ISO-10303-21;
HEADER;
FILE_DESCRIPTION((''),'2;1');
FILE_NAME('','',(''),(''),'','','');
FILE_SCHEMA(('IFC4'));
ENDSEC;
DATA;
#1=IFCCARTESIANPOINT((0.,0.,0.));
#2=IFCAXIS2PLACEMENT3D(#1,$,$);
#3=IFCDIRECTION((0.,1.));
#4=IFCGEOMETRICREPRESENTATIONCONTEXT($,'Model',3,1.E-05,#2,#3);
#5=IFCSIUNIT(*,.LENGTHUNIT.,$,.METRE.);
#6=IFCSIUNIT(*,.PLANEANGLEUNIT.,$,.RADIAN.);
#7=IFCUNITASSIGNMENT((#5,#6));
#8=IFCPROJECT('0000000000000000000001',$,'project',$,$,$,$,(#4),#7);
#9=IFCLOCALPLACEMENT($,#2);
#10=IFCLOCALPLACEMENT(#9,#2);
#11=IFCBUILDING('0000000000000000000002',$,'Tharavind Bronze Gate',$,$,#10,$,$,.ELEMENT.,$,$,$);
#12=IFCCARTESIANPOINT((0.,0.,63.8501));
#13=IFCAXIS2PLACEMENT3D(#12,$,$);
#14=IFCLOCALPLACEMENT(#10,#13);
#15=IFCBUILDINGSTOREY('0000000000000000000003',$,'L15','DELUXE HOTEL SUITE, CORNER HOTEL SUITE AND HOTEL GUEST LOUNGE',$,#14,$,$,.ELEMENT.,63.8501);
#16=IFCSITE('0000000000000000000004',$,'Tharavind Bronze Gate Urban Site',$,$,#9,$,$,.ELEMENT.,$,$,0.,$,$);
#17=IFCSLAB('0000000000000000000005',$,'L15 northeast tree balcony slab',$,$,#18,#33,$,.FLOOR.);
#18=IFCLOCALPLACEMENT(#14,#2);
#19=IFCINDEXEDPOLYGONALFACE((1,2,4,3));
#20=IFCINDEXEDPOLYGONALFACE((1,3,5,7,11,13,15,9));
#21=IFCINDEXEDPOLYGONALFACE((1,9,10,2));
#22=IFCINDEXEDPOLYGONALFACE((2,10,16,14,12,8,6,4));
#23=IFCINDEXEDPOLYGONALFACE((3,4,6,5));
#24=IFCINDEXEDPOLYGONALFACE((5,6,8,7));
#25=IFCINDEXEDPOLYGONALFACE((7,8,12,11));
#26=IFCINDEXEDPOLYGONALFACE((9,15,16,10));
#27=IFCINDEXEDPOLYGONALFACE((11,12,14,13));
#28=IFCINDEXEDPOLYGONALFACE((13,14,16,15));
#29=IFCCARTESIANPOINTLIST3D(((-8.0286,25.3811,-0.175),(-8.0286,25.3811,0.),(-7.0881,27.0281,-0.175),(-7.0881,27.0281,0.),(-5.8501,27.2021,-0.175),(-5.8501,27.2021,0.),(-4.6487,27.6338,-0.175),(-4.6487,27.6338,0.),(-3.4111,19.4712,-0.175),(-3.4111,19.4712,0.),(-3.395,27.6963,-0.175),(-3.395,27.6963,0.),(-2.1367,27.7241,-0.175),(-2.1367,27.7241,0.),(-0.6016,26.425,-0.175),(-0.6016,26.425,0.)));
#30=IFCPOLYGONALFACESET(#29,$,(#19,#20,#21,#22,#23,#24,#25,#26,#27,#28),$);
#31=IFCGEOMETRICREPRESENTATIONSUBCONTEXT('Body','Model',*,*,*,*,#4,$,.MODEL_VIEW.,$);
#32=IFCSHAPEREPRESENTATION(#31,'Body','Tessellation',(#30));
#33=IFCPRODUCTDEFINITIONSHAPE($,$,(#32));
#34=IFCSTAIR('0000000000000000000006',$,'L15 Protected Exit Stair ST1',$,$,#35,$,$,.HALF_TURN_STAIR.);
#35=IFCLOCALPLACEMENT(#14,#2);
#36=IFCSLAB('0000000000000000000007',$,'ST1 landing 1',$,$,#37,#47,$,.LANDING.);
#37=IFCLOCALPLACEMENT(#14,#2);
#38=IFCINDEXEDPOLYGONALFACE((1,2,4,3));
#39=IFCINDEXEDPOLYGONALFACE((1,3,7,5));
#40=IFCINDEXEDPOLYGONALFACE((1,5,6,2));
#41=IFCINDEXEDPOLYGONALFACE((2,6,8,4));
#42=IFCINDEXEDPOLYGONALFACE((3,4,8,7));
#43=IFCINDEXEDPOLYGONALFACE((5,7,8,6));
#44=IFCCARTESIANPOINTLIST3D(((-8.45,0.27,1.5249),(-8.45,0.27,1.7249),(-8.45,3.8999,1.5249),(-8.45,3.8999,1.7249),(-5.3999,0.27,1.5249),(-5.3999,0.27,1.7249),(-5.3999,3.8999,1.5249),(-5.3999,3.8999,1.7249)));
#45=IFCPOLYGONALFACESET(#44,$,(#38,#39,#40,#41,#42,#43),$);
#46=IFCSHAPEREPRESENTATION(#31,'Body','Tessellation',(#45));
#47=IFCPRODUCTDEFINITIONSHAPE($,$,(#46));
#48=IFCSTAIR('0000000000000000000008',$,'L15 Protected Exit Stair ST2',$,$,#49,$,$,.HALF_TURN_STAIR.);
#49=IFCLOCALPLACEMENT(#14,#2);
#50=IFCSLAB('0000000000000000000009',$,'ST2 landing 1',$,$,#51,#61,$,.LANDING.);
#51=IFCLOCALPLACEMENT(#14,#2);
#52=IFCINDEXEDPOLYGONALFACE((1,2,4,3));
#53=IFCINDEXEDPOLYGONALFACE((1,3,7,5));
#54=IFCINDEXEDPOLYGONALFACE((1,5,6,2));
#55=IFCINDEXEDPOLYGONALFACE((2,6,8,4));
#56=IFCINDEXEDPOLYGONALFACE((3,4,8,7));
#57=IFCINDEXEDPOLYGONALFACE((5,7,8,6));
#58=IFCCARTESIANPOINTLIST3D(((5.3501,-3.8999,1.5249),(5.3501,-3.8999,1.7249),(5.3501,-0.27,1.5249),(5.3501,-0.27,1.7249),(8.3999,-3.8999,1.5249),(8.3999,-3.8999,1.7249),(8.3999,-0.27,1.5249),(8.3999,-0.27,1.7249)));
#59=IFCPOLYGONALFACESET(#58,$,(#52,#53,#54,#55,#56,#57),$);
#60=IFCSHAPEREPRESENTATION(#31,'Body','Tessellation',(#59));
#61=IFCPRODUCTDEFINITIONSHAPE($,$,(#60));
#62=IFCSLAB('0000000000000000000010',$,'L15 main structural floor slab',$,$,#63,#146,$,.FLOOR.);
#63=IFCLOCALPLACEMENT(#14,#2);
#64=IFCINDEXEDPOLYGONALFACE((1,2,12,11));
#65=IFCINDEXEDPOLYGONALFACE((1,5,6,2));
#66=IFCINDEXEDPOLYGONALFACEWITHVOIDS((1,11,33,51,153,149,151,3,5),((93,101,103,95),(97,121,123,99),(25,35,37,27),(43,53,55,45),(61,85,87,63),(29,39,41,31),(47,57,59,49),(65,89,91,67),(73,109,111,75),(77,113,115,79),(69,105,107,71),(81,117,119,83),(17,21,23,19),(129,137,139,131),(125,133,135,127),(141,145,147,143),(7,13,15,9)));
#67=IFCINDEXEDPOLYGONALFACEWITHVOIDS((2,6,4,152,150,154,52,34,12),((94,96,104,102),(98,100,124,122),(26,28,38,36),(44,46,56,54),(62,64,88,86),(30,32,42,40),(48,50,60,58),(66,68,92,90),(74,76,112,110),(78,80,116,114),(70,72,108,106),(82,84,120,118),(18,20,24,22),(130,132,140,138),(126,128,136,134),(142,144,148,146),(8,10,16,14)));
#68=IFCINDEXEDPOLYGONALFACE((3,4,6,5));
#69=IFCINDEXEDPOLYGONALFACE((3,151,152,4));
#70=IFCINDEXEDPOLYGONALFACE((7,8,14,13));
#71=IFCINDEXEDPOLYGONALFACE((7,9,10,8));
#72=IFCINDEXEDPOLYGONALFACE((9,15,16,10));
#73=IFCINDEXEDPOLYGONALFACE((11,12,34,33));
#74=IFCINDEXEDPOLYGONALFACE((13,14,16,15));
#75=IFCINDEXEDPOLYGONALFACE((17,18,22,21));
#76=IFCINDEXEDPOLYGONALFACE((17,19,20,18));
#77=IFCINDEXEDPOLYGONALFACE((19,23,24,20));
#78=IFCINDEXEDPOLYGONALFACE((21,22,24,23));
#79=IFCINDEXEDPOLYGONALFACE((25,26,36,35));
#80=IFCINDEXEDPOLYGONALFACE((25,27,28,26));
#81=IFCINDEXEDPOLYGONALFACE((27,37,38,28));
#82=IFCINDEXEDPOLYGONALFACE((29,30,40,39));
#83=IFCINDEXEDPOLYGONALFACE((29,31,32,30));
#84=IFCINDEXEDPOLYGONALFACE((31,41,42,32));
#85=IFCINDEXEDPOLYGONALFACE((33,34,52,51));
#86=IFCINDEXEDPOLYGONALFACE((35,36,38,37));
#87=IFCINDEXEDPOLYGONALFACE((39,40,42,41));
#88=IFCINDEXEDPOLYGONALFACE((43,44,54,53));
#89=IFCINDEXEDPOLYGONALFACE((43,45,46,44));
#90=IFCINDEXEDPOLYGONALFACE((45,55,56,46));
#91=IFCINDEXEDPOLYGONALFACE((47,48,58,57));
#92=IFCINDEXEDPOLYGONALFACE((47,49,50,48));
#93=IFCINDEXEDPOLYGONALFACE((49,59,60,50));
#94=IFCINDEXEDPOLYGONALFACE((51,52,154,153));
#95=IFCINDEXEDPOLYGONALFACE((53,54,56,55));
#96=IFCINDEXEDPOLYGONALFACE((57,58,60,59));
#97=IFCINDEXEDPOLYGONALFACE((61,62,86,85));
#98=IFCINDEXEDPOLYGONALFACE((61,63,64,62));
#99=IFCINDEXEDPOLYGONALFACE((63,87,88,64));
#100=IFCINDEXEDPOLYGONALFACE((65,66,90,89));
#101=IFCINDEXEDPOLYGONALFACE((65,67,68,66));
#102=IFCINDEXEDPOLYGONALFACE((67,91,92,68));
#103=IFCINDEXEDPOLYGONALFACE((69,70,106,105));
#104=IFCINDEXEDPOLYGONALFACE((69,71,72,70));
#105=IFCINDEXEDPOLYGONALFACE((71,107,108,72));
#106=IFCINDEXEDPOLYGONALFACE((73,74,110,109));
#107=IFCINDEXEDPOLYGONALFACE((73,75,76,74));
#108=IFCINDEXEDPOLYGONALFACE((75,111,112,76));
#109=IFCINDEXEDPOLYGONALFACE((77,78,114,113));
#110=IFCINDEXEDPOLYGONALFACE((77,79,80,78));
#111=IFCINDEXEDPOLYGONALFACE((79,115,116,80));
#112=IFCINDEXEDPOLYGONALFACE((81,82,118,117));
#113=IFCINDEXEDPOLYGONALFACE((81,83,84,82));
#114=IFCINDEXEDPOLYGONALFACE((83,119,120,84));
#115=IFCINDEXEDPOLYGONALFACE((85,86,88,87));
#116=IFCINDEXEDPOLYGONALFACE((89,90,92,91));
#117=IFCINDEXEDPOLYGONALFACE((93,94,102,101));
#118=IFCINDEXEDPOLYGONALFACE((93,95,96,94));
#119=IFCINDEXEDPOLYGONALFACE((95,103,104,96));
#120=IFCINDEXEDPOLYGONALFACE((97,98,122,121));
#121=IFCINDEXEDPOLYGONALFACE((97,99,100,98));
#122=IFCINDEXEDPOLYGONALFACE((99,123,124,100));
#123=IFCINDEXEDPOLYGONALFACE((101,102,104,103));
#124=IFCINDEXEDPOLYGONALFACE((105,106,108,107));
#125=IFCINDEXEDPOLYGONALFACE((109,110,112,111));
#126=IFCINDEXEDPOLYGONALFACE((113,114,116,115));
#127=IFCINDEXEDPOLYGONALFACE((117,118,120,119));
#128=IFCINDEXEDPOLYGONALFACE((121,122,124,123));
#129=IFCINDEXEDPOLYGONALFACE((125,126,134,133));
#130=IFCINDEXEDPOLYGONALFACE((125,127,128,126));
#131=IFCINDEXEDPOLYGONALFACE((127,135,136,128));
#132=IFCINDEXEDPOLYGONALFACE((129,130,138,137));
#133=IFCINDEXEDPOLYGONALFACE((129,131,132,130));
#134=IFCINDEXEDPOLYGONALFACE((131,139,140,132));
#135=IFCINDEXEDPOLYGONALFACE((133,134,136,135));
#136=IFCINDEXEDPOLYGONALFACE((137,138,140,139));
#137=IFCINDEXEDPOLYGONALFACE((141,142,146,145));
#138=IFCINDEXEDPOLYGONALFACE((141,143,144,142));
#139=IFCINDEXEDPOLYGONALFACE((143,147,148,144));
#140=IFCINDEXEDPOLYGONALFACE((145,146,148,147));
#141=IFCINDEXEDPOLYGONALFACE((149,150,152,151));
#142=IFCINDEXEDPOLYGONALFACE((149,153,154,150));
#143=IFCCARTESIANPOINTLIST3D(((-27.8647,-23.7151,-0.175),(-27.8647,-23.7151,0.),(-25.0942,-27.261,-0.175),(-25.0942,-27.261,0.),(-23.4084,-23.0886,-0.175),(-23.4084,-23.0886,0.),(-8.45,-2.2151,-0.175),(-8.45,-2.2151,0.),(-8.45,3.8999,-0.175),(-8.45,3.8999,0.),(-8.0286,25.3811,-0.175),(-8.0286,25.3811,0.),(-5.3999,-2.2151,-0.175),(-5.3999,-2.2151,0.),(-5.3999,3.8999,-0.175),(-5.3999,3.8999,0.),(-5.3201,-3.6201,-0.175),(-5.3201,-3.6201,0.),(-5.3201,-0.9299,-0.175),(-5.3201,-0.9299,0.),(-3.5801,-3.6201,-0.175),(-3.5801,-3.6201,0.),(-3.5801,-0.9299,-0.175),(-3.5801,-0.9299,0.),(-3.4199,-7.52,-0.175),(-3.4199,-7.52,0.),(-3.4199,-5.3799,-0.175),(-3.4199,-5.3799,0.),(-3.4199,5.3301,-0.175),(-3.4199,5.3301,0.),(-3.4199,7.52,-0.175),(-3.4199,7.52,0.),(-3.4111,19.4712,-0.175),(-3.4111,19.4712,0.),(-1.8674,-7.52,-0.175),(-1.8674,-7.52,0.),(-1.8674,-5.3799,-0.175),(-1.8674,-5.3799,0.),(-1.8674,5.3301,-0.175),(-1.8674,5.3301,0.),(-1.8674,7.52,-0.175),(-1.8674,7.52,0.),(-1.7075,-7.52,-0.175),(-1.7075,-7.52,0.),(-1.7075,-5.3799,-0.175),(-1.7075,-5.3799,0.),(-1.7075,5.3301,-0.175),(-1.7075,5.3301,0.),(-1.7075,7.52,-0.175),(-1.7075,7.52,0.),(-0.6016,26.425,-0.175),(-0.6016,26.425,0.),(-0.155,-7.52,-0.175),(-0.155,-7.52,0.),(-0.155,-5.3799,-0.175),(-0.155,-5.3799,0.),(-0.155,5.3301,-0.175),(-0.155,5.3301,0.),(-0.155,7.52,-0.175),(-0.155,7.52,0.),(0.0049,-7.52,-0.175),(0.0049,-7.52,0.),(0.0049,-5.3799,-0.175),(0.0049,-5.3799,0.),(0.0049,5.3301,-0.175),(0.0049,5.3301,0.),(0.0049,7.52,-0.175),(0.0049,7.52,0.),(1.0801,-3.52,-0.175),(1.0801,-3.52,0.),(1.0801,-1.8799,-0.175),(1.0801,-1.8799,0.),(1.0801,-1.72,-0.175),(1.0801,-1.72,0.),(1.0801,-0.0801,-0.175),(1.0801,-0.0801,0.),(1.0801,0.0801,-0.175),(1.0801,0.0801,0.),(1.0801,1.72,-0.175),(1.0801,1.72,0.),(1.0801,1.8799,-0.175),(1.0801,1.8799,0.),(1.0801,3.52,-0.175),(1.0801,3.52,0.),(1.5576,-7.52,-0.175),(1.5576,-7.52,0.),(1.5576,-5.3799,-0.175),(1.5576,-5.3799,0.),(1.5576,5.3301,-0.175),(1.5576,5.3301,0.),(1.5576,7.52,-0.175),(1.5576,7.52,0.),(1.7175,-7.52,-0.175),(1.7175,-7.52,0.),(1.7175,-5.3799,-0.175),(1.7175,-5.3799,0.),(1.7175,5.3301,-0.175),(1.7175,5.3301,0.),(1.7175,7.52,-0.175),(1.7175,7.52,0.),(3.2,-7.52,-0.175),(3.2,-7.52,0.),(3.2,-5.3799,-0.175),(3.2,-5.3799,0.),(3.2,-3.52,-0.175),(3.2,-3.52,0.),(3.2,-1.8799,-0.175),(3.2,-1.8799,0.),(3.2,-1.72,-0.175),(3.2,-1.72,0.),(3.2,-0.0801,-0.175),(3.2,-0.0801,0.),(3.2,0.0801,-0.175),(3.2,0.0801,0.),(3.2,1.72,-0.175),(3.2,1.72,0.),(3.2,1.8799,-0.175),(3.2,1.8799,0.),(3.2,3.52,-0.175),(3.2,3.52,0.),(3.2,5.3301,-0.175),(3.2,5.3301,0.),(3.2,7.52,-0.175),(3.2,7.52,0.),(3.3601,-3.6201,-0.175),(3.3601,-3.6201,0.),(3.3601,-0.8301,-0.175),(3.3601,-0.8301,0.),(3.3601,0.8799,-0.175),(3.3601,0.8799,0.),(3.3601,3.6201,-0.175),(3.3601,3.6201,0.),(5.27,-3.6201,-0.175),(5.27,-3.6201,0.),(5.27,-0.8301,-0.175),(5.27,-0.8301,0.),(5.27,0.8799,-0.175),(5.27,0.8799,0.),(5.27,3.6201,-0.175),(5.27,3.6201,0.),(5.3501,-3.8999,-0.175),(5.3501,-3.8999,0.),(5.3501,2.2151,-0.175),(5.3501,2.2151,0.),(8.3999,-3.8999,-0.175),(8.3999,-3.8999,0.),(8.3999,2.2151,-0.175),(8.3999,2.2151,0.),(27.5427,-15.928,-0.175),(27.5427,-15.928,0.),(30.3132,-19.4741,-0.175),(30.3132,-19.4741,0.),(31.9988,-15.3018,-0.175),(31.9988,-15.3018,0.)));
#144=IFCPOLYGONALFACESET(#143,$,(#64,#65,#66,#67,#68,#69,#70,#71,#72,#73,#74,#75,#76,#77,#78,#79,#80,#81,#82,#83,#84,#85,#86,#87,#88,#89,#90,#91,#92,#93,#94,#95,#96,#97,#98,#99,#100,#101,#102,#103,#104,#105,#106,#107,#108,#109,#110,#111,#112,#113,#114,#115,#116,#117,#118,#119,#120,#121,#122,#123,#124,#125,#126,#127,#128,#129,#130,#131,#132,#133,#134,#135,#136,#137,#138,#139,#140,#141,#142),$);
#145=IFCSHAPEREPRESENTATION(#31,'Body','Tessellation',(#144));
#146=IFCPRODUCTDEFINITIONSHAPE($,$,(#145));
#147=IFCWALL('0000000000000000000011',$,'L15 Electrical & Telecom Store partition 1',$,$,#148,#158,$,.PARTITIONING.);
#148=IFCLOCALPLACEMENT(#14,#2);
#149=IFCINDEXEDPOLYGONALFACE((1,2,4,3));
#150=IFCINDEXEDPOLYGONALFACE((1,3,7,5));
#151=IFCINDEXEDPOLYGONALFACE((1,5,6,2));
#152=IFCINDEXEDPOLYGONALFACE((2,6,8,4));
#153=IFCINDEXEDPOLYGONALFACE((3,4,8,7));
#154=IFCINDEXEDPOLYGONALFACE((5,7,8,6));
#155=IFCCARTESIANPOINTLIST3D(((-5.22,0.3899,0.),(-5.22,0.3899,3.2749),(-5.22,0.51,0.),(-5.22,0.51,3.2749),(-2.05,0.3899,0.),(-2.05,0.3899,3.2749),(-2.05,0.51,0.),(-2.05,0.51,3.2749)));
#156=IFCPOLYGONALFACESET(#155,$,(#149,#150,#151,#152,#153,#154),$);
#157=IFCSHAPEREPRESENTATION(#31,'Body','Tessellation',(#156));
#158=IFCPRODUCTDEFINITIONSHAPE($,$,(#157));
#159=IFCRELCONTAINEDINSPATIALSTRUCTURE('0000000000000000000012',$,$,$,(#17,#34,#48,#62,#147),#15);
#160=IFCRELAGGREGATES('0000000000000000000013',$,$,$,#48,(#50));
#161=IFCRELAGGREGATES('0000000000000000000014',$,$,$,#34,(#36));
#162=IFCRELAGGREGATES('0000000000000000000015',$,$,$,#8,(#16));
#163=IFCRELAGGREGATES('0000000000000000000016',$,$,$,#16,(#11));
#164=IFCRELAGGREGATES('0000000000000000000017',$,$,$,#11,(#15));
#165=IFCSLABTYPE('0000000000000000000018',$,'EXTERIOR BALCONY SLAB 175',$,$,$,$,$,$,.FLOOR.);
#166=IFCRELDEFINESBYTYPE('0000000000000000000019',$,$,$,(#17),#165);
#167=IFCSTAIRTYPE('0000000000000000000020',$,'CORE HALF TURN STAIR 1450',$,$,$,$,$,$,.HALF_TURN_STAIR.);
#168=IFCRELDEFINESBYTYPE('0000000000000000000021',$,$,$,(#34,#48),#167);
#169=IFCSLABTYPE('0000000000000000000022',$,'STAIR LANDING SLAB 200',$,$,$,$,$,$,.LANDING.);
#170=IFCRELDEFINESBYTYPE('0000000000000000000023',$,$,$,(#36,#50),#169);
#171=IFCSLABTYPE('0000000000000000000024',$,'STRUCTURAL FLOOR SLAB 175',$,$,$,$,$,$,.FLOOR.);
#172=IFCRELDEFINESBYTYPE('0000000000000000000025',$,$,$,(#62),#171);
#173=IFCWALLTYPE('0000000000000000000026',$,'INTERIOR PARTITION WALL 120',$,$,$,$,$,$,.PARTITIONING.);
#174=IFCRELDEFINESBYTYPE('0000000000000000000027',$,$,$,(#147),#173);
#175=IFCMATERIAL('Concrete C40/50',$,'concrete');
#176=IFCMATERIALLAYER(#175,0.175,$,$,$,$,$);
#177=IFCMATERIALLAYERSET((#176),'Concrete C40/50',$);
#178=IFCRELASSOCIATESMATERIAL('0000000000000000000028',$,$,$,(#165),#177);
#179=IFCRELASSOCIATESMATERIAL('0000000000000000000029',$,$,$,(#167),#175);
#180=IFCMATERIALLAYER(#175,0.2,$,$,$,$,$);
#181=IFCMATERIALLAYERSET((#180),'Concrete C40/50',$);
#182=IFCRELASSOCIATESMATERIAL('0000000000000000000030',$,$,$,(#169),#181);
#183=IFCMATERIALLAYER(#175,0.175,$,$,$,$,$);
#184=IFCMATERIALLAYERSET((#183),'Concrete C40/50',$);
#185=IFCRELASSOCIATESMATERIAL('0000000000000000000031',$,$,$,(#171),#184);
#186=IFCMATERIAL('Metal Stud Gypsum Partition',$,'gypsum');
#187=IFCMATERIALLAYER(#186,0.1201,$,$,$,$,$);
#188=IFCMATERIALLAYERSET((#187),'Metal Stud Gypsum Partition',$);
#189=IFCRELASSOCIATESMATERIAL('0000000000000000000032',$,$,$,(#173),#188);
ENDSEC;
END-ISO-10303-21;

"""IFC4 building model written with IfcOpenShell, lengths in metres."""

from ifc_helpers import new_model, si_unit, direction, frame, frame_2d, origin, place, context, subcontext, project, spatial, polyline, rectangle, outline, extrude, material, layer, layer_set, type_object, element, aggregate, save


model = new_model("IFC4")

# Units and contexts
model_context = context("Model", 3, precision=1e-05, world=origin(), true_north=direction((0.0, 1.0)))
body_context = subcontext(model_context, "Body", "Model", "MODEL_VIEW")
ifc_project = project(units=[si_unit("LENGTHUNIT", "METRE"), si_unit("PLANEANGLEUNIT", "RADIAN")], contexts=[model_context])

# Site, building, storey
site_placement = place(None, origin())
site = spatial("IfcSite", under=ifc_project, at=site_placement, Name="Tharavind Bronze Gate Urban Site", CompositionType="ELEMENT", RefElevation=0.0)
building_placement = place(site_placement, origin())
building = spatial("IfcBuilding", under=site, at=building_placement, Name="Tharavind Bronze Gate", CompositionType="ELEMENT")
storey_placement = place(building_placement, frame((0.0, 0.0, 63.8501)))
storey = spatial("IfcBuildingStorey", under=building, at=storey_placement, Name="L15", Description="DELUXE HOTEL SUITE, CORNER HOTEL SUITE AND HOTEL GUEST LOUNGE", CompositionType="ELEMENT", Elevation=63.8501)

# Slab
ifc_material_1 = material(Name="Concrete C40/50", Category="concrete")
ifc_layer_1 = layer(ifc_material_1, 0.175)
ifc_layer_set_1 = layer_set([ifc_layer_1], Name="Concrete C40/50")
slab_type_1 = type_object("IfcSlabType", Name="EXTERIOR BALCONY SLAB 175", PredefinedType="FLOOR", material=ifc_layer_set_1)
slab_1_placement = place(storey_placement, frame((0.0, 0.0, -0.175)))
element("IfcSlab", 1, at=slab_1_placement, inside=storey, type_object=slab_type_1, Name="L15 northeast tree balcony slab", PredefinedType="FLOOR", context=body_context, shape_type="SweptSolid", body=[
    extrude(outline(polyline([(-2.1367, 27.7241), (-3.395, 27.6963), (-4.6487, 27.6338), (-5.8501, 27.2021), (-7.0881, 27.0281), (-8.0286, 25.3811), (-3.4111, 19.4712), (-0.6016, 26.425), (-2.1367, 27.7241)])), origin(), (0.0, 0.0, 1.0), 0.175),
])

# Stairs, slabs
stair_type = type_object("IfcStairType", Name="CORE HALF TURN STAIR 1450", PredefinedType="HALF_TURN_STAIR", material=ifc_material_1)
stair_1_placement = place(storey_placement, origin())
stair_1 = element("IfcStair", 2, at=stair_1_placement, inside=storey, type_object=stair_type, Name="L15 Protected Exit Stair ST1", PredefinedType="HALF_TURN_STAIR")
ifc_layer_2 = layer(ifc_material_1, 0.2)
ifc_layer_set_2 = layer_set([ifc_layer_2], Name="Concrete C40/50")
slab_type_2 = type_object("IfcSlabType", Name="STAIR LANDING SLAB 200", PredefinedType="LANDING", material=ifc_layer_set_2)
slab_2_placement = place(storey_placement, frame((0.0, 0.0, 1.5249)))
slab_2 = element("IfcSlab", 3, at=slab_2_placement, type_object=slab_type_2, Name="ST1 landing 1", PredefinedType="LANDING", context=body_context, shape_type="SweptSolid", body=[
    extrude(outline(polyline([(-5.3999, 0.27), (-5.3999, 3.8999), (-8.45, 3.8999), (-8.45, 0.27), (-5.3999, 0.27)])), origin(), (0.0, 0.0, 1.0), 0.2),
])
stair_2_placement = place(storey_placement, origin())
stair_2 = element("IfcStair", 4, at=stair_2_placement, inside=storey, type_object=stair_type, Name="L15 Protected Exit Stair ST2", PredefinedType="HALF_TURN_STAIR")
slab_3_placement = place(storey_placement, frame((0.0, 0.0, 1.5249)))
slab_3 = element("IfcSlab", 5, at=slab_3_placement, type_object=slab_type_2, Name="ST2 landing 1", PredefinedType="LANDING", context=body_context, shape_type="SweptSolid", body=[
    extrude(outline(polyline([(5.3501, -0.27), (5.3501, -3.8999), (8.3999, -3.8999), (8.3999, -0.27), (5.3501, -0.27)])), origin(), (0.0, 0.0, 1.0), 0.2),
])
aggregate(stair_2, [slab_3])

# Slab
ifc_layer_3 = layer(ifc_material_1, 0.175)
ifc_layer_set_3 = layer_set([ifc_layer_3], Name="Concrete C40/50")
slab_type_3 = type_object("IfcSlabType", Name="STRUCTURAL FLOOR SLAB 175", PredefinedType="FLOOR", material=ifc_layer_set_3)
slab_4_placement = place(storey_placement, frame((0.0, 0.0, -0.175)))
element("IfcSlab", 6, at=slab_4_placement, inside=storey, type_object=slab_type_3, Name="L15 main structural floor slab", PredefinedType="FLOOR", context=body_context, shape_type="SweptSolid", body=[
    extrude(outline(polyline([(-0.6016, 26.425), (-3.4111, 19.4712), (-8.0286, 25.3811), (-27.8647, -23.7151), (-23.4084, -23.0886), (-25.0942, -27.261), (30.3132, -19.4741), (27.5427, -15.928), (31.9988, -15.3018), (-0.6016, 26.425)]), holes=[polyline([(-5.3999, -2.2151), (-5.3999, 3.8999), (-8.45, 3.8999), (-8.45, -2.2151), (-5.3999, -2.2151)]), polyline([(5.3501, 2.2151), (5.3501, -3.8999), (8.3999, -3.8999), (8.3999, 2.2151), (5.3501, 2.2151)]), polyline([(-3.4199, -7.52), (-1.8674, -7.52), (-1.8674, -5.3799), (-3.4199, -5.3799), (-3.4199, -7.52)]), polyline([(-1.7075, -7.52), (-0.155, -7.52), (-0.155, -5.3799), (-1.7075, -5.3799), (-1.7075, -7.52)]), polyline([(0.0049, -7.52), (1.5576, -7.52), (1.5576, -5.3799), (0.0049, -5.3799), (0.0049, -7.52)]), polyline([(1.7175, -7.52), (3.2, -7.52), (3.2, -5.3799), (1.7175, -5.3799), (1.7175, -7.52)]), polyline([(-3.4199, 5.3301), (-1.8674, 5.3301), (-1.8674, 7.52), (-3.4199, 7.52), (-3.4199, 5.3301)]), polyline([(-1.7075, 5.3301), (-0.155, 5.3301), (-0.155, 7.52), (-1.7075, 7.52), (-1.7075, 5.3301)]), polyline([(0.0049, 5.3301), (1.5576, 5.3301), (1.5576, 7.52), (0.0049, 7.52), (0.0049, 5.3301)]), polyline([(1.7175, 5.3301), (3.2, 5.3301), (3.2, 7.52), (1.7175, 7.52), (1.7175, 5.3301)]), polyline([(1.0801, -3.52), (3.2, -3.52), (3.2, -1.8799), (1.0801, -1.8799), (1.0801, -3.52)]), polyline([(1.0801, -1.72), (3.2, -1.72), (3.2, -0.0801), (1.0801, -0.0801), (1.0801, -1.72)]), polyline([(1.0801, 0.0801), (3.2, 0.0801), (3.2, 1.72), (1.0801, 1.72), (1.0801, 0.0801)]), polyline([(1.0801, 1.8799), (3.2, 1.8799), (3.2, 3.52), (1.0801, 3.52), (1.0801, 1.8799)]), polyline([(-5.3201, -3.6201), (-3.5801, -3.6201), (-3.5801, -0.9299), (-5.3201, -0.9299), (-5.3201, -3.6201)]), polyline([(3.3601, 0.8799), (5.27, 0.8799), (5.27, 3.6201), (3.3601, 3.6201), (3.3601, 0.8799)]), polyline([(3.3601, -3.6201), (5.27, -3.6201), (5.27, -0.8301), (3.3601, -0.8301), (3.3601, -3.6201)])]), origin(), (0.0, 0.0, 1.0), 0.175),
])

# Wall
ifc_material_2 = material(Name="Metal Stud Gypsum Partition", Category="gypsum")
ifc_layer_4 = layer(ifc_material_2, 0.1201)
ifc_layer_set_4 = layer_set([ifc_layer_4], Name="Metal Stud Gypsum Partition")
wall_type_1 = type_object("IfcWallType", Name="INTERIOR PARTITION WALL 120", PredefinedType="PARTITIONING", material=ifc_layer_set_4)
wall_1_placement = place(storey_placement, frame((-5.22, 0.45, 0.0), z_axis=(0.0, 0.0, 1.0), x_axis=(1.0, 0.0, 0.0)))
element("IfcWall", 7, at=wall_1_placement, inside=storey, type_object=wall_type_1, Name="L15 Electrical & Telecom Store partition 1", PredefinedType="PARTITIONING", context=body_context, shape_type="SweptSolid", body=[
    extrude(rectangle(XDim=3.1699, YDim=0.1201, at=frame_2d((1.585, 0.0))), origin(), (0.0, 0.0, 1.0), 3.2749),
])

aggregate(stair_1, [slab_2])

save(model, "model.ifc")
